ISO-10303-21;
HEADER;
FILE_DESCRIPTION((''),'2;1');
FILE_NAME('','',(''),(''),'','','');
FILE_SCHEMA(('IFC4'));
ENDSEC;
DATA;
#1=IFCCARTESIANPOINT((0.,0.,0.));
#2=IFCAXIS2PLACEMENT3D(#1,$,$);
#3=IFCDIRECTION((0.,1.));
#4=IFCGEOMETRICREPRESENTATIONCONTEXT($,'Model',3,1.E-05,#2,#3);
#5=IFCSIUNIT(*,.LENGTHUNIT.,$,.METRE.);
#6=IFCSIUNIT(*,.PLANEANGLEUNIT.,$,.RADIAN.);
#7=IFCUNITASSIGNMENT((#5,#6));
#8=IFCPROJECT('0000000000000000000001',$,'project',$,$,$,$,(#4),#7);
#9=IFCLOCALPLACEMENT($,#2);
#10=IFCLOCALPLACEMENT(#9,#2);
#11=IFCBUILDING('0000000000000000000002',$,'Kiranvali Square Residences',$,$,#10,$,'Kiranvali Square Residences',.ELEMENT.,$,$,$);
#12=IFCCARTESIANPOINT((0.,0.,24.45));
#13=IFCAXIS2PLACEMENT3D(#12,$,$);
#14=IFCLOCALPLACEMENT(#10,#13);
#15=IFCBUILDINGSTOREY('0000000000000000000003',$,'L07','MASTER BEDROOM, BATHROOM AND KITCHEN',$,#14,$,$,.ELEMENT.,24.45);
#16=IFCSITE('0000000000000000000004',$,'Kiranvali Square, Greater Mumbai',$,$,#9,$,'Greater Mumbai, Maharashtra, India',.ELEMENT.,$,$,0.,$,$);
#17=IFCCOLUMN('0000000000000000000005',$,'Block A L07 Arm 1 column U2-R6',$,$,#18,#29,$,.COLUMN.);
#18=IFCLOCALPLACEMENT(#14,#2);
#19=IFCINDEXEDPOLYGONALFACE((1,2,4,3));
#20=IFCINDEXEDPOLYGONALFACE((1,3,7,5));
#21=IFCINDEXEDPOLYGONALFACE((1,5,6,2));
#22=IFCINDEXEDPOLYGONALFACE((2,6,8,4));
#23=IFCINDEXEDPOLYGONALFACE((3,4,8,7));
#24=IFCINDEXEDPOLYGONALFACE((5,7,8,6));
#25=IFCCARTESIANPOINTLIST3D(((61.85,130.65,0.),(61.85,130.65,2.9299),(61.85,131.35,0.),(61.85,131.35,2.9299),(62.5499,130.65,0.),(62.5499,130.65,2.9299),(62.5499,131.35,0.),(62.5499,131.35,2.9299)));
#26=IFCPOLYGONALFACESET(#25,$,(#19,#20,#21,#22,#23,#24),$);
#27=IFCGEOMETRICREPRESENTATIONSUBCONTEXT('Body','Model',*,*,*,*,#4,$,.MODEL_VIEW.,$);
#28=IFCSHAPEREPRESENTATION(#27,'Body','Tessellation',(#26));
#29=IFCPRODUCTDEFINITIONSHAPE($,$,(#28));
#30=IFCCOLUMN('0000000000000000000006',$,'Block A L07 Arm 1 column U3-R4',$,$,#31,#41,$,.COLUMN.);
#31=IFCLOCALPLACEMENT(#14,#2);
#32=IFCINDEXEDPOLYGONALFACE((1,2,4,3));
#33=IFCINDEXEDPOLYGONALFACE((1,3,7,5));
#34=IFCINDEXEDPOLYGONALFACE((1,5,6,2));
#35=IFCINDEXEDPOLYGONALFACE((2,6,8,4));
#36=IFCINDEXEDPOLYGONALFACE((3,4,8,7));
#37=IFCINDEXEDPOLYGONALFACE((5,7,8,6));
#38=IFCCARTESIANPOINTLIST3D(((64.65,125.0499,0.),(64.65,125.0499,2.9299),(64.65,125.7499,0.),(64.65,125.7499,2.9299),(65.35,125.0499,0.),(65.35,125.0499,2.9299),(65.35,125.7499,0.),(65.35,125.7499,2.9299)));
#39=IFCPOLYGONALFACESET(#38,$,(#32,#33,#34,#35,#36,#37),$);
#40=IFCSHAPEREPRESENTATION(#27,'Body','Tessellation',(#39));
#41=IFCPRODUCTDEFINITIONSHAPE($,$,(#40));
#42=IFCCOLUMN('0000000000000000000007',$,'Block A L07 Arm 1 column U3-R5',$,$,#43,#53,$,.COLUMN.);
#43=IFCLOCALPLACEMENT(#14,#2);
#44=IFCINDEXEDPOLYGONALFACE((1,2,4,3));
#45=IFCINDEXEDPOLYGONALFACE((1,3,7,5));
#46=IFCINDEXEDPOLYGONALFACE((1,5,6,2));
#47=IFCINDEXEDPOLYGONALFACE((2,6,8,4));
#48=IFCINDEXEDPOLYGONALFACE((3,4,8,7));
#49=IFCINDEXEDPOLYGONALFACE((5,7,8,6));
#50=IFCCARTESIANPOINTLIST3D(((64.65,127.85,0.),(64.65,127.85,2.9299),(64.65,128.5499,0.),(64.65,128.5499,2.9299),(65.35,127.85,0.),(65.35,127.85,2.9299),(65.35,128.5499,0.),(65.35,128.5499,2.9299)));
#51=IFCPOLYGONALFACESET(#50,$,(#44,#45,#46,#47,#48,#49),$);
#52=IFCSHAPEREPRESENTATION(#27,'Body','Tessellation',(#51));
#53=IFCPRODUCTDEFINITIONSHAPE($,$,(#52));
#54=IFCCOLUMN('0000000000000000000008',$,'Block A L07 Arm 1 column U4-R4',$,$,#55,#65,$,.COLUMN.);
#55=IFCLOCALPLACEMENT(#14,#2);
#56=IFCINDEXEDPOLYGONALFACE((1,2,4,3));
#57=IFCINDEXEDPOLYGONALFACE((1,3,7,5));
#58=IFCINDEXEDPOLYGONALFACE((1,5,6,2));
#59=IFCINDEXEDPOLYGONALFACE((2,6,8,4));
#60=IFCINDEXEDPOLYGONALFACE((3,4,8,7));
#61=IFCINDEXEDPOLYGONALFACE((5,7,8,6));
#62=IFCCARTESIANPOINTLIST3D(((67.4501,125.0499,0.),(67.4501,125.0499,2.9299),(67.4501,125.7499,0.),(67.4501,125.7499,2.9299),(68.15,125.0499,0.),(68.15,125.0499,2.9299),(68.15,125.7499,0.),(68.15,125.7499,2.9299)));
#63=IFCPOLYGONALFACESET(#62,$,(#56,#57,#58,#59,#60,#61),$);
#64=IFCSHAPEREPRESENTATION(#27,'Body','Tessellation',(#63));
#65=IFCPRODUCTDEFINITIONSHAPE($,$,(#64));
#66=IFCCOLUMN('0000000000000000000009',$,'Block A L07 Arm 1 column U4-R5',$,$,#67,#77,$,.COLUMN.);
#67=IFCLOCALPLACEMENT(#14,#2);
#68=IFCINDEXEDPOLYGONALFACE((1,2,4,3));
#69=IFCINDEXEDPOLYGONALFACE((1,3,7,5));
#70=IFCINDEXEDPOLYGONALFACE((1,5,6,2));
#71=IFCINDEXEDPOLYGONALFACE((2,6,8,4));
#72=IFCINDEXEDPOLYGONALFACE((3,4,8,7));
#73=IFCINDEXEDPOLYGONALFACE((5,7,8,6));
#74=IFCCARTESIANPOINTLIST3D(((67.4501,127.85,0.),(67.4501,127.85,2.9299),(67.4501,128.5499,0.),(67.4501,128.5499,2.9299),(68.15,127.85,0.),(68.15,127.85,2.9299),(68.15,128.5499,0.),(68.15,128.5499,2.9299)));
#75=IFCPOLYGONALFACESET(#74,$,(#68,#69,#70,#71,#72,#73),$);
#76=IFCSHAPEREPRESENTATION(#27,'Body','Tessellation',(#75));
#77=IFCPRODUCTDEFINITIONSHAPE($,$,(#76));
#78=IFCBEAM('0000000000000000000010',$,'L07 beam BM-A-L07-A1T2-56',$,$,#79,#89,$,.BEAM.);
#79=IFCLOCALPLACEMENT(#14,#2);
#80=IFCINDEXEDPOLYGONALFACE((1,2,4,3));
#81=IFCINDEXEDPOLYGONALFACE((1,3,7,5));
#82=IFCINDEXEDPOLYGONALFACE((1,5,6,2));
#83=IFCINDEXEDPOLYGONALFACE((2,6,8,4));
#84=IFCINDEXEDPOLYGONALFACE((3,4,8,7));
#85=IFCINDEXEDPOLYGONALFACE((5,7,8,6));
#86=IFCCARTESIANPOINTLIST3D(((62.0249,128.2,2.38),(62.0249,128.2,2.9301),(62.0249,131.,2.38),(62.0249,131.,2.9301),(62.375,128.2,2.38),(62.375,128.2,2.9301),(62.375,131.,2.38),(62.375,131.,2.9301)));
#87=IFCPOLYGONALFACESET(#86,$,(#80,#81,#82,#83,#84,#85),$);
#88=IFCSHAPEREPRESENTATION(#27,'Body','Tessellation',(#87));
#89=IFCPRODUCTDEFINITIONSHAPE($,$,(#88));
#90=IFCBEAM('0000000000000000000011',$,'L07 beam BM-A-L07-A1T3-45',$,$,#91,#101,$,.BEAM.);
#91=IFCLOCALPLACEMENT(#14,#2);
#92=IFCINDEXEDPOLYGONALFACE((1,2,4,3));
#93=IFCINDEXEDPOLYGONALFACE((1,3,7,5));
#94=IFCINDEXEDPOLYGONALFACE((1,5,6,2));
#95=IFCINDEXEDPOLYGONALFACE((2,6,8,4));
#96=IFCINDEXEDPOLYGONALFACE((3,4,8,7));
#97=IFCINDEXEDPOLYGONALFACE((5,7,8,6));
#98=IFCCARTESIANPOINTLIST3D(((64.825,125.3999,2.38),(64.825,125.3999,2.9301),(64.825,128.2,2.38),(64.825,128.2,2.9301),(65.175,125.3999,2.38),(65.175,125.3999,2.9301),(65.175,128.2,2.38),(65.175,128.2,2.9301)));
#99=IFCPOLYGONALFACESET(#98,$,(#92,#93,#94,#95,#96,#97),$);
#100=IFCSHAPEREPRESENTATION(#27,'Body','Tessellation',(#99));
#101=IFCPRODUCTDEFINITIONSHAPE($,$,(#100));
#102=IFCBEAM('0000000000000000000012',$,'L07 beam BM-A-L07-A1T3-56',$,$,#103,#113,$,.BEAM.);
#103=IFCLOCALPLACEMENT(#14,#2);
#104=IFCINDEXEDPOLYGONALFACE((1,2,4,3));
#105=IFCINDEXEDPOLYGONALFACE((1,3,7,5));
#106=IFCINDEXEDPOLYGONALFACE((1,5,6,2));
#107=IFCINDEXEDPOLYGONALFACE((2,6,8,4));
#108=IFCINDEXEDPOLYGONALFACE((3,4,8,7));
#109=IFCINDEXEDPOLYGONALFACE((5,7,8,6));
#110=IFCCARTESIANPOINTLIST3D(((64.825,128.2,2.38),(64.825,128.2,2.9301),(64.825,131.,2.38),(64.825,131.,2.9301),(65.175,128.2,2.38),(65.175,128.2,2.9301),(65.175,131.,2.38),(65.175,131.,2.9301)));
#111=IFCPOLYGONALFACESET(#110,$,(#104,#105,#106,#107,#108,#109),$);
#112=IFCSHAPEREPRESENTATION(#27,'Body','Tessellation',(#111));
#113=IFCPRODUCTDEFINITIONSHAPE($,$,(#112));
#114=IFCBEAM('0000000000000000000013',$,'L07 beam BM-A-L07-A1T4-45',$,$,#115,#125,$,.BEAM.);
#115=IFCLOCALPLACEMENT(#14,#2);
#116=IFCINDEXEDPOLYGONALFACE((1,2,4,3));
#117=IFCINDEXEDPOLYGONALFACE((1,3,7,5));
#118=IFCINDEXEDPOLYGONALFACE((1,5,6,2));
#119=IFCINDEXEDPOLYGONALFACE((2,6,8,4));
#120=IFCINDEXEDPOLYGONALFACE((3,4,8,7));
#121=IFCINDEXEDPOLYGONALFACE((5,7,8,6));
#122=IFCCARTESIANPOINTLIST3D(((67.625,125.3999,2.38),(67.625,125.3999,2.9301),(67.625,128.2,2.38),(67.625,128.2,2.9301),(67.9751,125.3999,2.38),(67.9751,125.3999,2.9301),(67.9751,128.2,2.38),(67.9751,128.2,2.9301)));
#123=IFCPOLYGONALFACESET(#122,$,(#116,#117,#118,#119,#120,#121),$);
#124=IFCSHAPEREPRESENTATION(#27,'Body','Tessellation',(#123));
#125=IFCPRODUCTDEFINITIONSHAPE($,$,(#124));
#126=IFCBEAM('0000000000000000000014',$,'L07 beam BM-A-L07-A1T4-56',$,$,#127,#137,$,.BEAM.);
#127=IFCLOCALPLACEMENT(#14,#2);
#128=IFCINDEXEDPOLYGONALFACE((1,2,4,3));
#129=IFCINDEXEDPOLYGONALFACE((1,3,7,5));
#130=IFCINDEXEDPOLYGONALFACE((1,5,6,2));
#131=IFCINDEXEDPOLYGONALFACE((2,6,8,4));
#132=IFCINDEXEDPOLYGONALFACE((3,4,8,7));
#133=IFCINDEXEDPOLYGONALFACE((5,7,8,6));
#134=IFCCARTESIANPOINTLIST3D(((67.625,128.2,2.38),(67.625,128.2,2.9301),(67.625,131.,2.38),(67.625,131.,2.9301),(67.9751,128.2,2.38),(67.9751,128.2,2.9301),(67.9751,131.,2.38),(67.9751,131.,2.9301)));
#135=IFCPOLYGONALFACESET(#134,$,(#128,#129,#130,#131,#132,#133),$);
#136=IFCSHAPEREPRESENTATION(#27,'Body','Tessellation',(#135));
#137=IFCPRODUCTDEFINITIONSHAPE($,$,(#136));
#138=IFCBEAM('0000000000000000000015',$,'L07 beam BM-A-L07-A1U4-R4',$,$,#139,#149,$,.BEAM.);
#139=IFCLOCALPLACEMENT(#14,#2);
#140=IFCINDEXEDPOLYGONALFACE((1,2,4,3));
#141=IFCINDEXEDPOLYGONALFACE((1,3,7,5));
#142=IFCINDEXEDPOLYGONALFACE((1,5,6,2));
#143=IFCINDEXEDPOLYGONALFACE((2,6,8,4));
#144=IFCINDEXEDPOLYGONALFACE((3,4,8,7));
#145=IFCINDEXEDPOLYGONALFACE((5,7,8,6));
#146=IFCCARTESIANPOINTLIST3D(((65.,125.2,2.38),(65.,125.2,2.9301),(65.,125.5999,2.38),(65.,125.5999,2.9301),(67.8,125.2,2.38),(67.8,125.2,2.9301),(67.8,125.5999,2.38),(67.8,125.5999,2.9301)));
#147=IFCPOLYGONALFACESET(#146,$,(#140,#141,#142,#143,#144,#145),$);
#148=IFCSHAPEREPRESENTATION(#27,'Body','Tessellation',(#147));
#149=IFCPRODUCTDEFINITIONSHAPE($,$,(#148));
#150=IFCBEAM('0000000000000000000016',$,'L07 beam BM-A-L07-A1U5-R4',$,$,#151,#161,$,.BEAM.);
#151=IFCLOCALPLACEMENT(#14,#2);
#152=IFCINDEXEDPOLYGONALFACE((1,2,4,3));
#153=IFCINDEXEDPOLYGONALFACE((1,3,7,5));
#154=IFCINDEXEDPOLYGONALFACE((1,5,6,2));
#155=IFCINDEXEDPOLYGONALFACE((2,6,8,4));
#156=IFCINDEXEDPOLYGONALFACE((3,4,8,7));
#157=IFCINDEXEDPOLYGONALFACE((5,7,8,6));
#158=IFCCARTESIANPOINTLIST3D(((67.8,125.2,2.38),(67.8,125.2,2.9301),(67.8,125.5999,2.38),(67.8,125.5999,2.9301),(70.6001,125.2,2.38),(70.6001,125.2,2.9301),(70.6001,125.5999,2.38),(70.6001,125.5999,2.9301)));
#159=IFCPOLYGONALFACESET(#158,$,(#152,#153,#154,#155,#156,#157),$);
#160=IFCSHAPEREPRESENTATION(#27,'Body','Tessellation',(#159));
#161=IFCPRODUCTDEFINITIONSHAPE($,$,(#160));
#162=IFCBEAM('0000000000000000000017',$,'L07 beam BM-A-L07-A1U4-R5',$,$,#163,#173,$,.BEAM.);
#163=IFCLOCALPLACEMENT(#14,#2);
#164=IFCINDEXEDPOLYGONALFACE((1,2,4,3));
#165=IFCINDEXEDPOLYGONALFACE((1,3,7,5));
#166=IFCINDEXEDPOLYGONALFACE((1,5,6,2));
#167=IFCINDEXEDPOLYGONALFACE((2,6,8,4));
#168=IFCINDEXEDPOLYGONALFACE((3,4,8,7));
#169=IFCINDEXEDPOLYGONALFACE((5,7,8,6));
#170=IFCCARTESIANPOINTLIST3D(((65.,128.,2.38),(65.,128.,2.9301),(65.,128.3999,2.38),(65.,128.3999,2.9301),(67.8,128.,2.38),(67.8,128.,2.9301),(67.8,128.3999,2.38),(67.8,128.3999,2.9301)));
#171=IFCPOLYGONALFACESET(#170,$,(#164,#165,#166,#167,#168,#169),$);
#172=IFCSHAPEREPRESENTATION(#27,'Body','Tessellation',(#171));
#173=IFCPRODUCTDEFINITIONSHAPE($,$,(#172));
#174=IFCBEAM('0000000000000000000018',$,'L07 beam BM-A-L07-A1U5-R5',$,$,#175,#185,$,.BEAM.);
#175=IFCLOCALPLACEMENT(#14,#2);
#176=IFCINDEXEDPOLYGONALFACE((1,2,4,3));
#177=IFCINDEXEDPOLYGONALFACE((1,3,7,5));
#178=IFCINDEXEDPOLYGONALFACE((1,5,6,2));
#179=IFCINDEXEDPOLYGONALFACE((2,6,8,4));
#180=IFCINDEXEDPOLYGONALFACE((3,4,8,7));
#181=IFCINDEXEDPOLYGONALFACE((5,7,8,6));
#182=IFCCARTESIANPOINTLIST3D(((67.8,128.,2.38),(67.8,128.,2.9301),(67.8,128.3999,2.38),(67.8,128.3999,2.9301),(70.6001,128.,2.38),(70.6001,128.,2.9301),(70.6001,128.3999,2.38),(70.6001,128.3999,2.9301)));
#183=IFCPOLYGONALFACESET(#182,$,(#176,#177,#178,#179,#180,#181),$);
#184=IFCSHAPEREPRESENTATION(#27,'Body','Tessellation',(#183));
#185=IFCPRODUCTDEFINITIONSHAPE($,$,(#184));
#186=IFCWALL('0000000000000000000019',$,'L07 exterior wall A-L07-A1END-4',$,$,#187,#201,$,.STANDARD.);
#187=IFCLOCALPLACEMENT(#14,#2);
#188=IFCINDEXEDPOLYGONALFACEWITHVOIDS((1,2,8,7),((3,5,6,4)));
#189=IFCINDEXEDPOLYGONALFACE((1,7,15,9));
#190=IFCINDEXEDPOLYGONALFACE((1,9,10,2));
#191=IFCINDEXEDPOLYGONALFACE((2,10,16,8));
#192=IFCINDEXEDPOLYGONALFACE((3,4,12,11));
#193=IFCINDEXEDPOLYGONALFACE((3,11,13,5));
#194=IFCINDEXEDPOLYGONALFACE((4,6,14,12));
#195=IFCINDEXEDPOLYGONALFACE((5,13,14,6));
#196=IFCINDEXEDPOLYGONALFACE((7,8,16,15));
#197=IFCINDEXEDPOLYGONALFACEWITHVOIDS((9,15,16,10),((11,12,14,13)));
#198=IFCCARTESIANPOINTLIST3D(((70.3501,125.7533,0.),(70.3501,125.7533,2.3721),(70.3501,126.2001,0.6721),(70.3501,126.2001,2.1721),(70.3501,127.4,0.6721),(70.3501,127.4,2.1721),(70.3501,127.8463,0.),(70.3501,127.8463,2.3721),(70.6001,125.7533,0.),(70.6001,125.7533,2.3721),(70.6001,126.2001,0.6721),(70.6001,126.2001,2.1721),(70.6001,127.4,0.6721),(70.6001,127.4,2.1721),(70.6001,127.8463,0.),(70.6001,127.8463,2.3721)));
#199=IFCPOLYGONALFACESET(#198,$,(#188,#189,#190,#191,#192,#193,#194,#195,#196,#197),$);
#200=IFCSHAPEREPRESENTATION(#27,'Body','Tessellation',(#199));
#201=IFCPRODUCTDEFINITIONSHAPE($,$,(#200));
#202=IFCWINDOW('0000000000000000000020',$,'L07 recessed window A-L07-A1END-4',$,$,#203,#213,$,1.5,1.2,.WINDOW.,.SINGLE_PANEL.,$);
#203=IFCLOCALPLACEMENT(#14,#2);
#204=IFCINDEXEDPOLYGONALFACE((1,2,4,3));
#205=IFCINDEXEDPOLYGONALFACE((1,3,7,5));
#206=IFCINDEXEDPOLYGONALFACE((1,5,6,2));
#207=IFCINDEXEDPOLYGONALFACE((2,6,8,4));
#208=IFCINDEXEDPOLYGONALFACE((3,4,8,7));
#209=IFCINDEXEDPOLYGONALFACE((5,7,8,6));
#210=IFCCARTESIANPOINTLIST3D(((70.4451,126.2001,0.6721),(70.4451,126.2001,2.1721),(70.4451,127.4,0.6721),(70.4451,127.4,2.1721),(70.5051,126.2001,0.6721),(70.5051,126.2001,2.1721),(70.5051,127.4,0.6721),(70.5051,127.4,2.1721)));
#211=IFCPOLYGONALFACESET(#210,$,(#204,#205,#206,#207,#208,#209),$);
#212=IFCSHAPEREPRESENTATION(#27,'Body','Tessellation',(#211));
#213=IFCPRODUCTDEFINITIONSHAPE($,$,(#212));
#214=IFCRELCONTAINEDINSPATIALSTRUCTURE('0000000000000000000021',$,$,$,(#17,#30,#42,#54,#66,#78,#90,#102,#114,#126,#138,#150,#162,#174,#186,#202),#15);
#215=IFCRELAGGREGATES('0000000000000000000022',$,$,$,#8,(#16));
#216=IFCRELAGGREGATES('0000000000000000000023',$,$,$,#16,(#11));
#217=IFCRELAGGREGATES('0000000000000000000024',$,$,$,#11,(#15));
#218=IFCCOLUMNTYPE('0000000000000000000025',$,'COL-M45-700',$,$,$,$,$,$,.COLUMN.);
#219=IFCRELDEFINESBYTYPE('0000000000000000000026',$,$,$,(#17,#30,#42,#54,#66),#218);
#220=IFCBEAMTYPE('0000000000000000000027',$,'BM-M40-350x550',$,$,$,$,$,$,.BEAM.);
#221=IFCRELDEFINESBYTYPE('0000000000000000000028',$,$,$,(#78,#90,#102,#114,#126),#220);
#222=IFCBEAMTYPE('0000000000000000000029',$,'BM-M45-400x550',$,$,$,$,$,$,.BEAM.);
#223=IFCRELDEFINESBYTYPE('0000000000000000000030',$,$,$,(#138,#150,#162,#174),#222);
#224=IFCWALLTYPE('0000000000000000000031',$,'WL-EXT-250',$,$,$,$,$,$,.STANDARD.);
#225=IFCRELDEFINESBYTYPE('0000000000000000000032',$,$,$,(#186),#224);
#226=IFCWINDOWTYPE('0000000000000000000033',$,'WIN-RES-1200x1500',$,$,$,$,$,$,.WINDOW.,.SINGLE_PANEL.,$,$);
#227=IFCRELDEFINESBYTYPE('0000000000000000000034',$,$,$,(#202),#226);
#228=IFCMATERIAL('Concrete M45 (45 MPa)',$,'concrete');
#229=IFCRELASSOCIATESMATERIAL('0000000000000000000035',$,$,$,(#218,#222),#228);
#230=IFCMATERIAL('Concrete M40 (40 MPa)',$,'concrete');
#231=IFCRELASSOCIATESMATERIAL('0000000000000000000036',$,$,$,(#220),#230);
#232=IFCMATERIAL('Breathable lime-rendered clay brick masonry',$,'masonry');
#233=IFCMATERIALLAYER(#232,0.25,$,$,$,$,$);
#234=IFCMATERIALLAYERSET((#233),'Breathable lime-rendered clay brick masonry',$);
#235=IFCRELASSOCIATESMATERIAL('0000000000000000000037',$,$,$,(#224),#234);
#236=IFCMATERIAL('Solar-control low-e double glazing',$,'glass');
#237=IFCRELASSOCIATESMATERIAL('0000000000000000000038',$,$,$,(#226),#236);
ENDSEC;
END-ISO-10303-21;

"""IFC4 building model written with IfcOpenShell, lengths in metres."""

from ifc_helpers import new_model, si_unit, direction, frame, frame_2d, origin, origin_2d, place, context, subcontext, project, spatial, rectangle, extrude, material, layer, layer_set, material_profile, profile_set, type_object, element, fill, save


model = new_model("IFC4")

# Units and contexts
model_context = context("Model", 3, precision=1e-05, world=origin(), true_north=direction((0.0, 1.0)))
body_context = subcontext(model_context, "Body", "Model", "MODEL_VIEW")
ifc_project = project(units=[si_unit("LENGTHUNIT", "METRE"), si_unit("PLANEANGLEUNIT", "RADIAN")], contexts=[model_context])

# Site, building, storey
site_placement = place(None, origin())
site = spatial("IfcSite", under=ifc_project, at=site_placement, Name="Kiranvali Square, Greater Mumbai", LongName="Greater Mumbai, Maharashtra, India", CompositionType="ELEMENT", RefElevation=0.0)
building_placement = place(site_placement, origin())
building = spatial("IfcBuilding", under=site, at=building_placement, Name="Kiranvali Square Residences", LongName="Kiranvali Square Residences", CompositionType="ELEMENT")
storey_placement = place(building_placement, frame((0.0, 0.0, 24.45)))
storey = spatial("IfcBuildingStorey", under=building, at=storey_placement, Name="L07", Description="MASTER BEDROOM, BATHROOM AND KITCHEN", CompositionType="ELEMENT", Elevation=24.45)

# Columns
ifc_material_1 = material(Name="Concrete M45 (45 MPa)", Category="concrete")
ifc_material_profile_1 = material_profile(ifc_material_1, rectangle(XDim=0.7, YDim=0.7, at=origin_2d()), Name="RC 700x700")
ifc_profile_set_1 = profile_set([ifc_material_profile_1], Name="Concrete M45 (45 MPa)")
column_type = type_object("IfcColumnType", Name="COL-M45-700", PredefinedType="COLUMN", material=ifc_profile_set_1)
for number, where, z_axis, x_axis, name in (
    (1, (62.2, 131.0, 0.0), (0.0, 0.0, 1.0), (1.0, 0.0, 0.0), "Block A L07 Arm 1 column U2-R6"),
    (2, (65.0, 125.3999, 0.0), (0.0, 0.0, 1.0), (1.0, 0.0, 0.0), "Block A L07 Arm 1 column U3-R4"),
    (3, (65.0, 128.2, 0.0), (0.0, 0.0, 1.0), (1.0, 0.0, 0.0), "Block A L07 Arm 1 column U3-R5"),
    (4, (67.8, 125.3999, 0.0), (0.0, 0.0, 1.0), (1.0, 0.0, 0.0), "Block A L07 Arm 1 column U4-R4"),
    (5, (67.8, 128.2, 0.0), (0.0, 0.0, 1.0), (1.0, 0.0, 0.0), "Block A L07 Arm 1 column U4-R5"),
):
    element("IfcColumn", number, at=place(storey_placement, frame(where, z_axis=z_axis, x_axis=x_axis)), inside=storey, type_object=column_type, Name=name, PredefinedType="COLUMN", context=body_context, shape_type="SweptSolid", body=[
        extrude(rectangle(XDim=0.7, YDim=0.7, at=origin_2d()), origin(), (0.0, 0.0, 1.0), 2.9299),
    ])

# Beams
ifc_material_2 = material(Name="Concrete M40 (40 MPa)", Category="concrete")
ifc_material_profile_2 = material_profile(ifc_material_2, rectangle(XDim=0.3501, YDim=0.55, at=origin_2d()), Name="RC 350x550")
ifc_profile_set_2 = profile_set([ifc_material_profile_2], Name="Concrete M40 (40 MPa)")
beam_type_1 = type_object("IfcBeamType", Name="BM-M40-350x550", PredefinedType="BEAM", material=ifc_profile_set_2)
for number, where, z_axis, x_axis, name in (
    (6, (62.2, 128.2, 2.655), (0.0, 1.0, 0.0), (-1.0, 0.0, 0.0), "L07 beam BM-A-L07-A1T2-56"),
    (7, (65.0, 125.3999, 2.655), (0.0, 1.0, 0.0), (-1.0, 0.0, 0.0), "L07 beam BM-A-L07-A1T3-45"),
    (8, (65.0, 128.2, 2.655), (0.0, 1.0, 0.0), (-1.0, 0.0, 0.0), "L07 beam BM-A-L07-A1T3-56"),
    (9, (67.8, 125.3999, 2.655), (0.0, 1.0, 0.0), (-1.0, 0.0, 0.0), "L07 beam BM-A-L07-A1T4-45"),
    (10, (67.8, 128.2, 2.655), (0.0, 1.0, 0.0), (-1.0, 0.0, 0.0), "L07 beam BM-A-L07-A1T4-56"),
):
    element("IfcBeam", number, at=place(storey_placement, frame(where, z_axis=z_axis, x_axis=x_axis)), inside=storey, type_object=beam_type_1, Name=name, PredefinedType="BEAM", context=body_context, shape_type="SweptSolid", body=[
        extrude(rectangle(XDim=0.3501, YDim=0.55, at=origin_2d()), origin(), (0.0, 0.0, 1.0), 2.8),
    ])
ifc_material_profile_3 = material_profile(ifc_material_1, rectangle(XDim=0.3999, YDim=0.55, at=origin_2d()), Name="RC 400x550")
ifc_profile_set_3 = profile_set([ifc_material_profile_3], Name="Concrete M45 (45 MPa)")
beam_type_2 = type_object("IfcBeamType", Name="BM-M45-400x550", PredefinedType="BEAM", material=ifc_profile_set_3)
for number, where, z_axis, x_axis, name in (
    (11, (65.0, 125.3999, 2.655), (1.0, 0.0, 0.0), (0.0, 1.0, 0.0), "L07 beam BM-A-L07-A1U4-R4"),
    (12, (67.8, 125.3999, 2.655), (1.0, 0.0, 0.0), (0.0, 1.0, 0.0), "L07 beam BM-A-L07-A1U5-R4"),
    (13, (65.0, 128.2, 2.655), (1.0, 0.0, 0.0), (0.0, 1.0, 0.0), "L07 beam BM-A-L07-A1U4-R5"),
    (14, (67.8, 128.2, 2.655), (1.0, 0.0, 0.0), (0.0, 1.0, 0.0), "L07 beam BM-A-L07-A1U5-R5"),
):
    element("IfcBeam", number, at=place(storey_placement, frame(where, z_axis=z_axis, x_axis=x_axis)), inside=storey, type_object=beam_type_2, Name=name, PredefinedType="BEAM", context=body_context, shape_type="SweptSolid", body=[
        extrude(rectangle(XDim=0.3999, YDim=0.55, at=origin_2d()), origin(), (0.0, 0.0, 1.0), 2.8),
    ])

# Wall, opening, window
ifc_material_3 = material(Name="Breathable lime-rendered clay brick masonry", Category="masonry")
ifc_layer_1 = layer(ifc_material_3, 0.25)
ifc_layer_set_1 = layer_set([ifc_layer_1], Name="Breathable lime-rendered clay brick masonry")
wall_type_1 = type_object("IfcWallType", Name="WL-EXT-250", PredefinedType="STANDARD", material=ifc_layer_set_1)
wall_1_placement = place(storey_placement, frame((70.4751, 125.7534, 0.0), z_axis=(0.0, 0.0, 1.0), x_axis=(0.0, 1.0, 0.0)))
wall_1 = element("IfcWall", 15, at=wall_1_placement, inside=storey, type_object=wall_type_1, Name="L07 exterior wall A-L07-A1END-4", PredefinedType="STANDARD", context=body_context, shape_type="SweptSolid", body=[
    extrude(rectangle(XDim=2.093, YDim=0.25, at=frame_2d((1.0464, 0.0))), origin(), (0.0, 0.0, 1.0), 2.3721),
])
opening_1_placement = place(wall_1_placement, frame((0.4465, 0.0, 0.6721)))
opening_1 = element("IfcOpeningElement", 16, at=opening_1_placement, cuts=wall_1, PredefinedType="OPENING", context=body_context, shape_type="SweptSolid", body=[
    extrude(rectangle(XDim=1.2, YDim=1.5, at=frame_2d((0.6001, 0.75))), frame((0.0, 0.135, 0.0), z_axis=(0.0, -1.0, 0.0), x_axis=(1.0, 0.0, 0.0)), (0.0, 0.0, 1.0), 0.27),
])
ifc_material_4 = material(Name="Solar-control low-e double glazing", Category="glass")
window_type = type_object("IfcWindowType", Name="WIN-RES-1200x1500", PartitioningType="SINGLE_PANEL", PredefinedType="WINDOW", material=ifc_material_4)
window_1_placement = place(opening_1_placement, origin())
window_1 = element("IfcWindow", 17, at=window_1_placement, inside=storey, type_object=window_type, Name="L07 recessed window A-L07-A1END-4", OverallHeight=1.5, OverallWidth=1.2, PartitioningType="SINGLE_PANEL", PredefinedType="WINDOW", context=body_context, shape_type="SweptSolid", body=[
    extrude(rectangle(XDim=1.2, YDim=1.5, at=frame_2d((0.6001, 0.75))), frame((0.0, 0.03, 0.0), z_axis=(0.0, -1.0, 0.0), x_axis=(1.0, 0.0, 0.0)), (0.0, 0.0, 1.0), 0.0601),
])
fill(opening_1, window_1)

save(model, "model.ifc")
